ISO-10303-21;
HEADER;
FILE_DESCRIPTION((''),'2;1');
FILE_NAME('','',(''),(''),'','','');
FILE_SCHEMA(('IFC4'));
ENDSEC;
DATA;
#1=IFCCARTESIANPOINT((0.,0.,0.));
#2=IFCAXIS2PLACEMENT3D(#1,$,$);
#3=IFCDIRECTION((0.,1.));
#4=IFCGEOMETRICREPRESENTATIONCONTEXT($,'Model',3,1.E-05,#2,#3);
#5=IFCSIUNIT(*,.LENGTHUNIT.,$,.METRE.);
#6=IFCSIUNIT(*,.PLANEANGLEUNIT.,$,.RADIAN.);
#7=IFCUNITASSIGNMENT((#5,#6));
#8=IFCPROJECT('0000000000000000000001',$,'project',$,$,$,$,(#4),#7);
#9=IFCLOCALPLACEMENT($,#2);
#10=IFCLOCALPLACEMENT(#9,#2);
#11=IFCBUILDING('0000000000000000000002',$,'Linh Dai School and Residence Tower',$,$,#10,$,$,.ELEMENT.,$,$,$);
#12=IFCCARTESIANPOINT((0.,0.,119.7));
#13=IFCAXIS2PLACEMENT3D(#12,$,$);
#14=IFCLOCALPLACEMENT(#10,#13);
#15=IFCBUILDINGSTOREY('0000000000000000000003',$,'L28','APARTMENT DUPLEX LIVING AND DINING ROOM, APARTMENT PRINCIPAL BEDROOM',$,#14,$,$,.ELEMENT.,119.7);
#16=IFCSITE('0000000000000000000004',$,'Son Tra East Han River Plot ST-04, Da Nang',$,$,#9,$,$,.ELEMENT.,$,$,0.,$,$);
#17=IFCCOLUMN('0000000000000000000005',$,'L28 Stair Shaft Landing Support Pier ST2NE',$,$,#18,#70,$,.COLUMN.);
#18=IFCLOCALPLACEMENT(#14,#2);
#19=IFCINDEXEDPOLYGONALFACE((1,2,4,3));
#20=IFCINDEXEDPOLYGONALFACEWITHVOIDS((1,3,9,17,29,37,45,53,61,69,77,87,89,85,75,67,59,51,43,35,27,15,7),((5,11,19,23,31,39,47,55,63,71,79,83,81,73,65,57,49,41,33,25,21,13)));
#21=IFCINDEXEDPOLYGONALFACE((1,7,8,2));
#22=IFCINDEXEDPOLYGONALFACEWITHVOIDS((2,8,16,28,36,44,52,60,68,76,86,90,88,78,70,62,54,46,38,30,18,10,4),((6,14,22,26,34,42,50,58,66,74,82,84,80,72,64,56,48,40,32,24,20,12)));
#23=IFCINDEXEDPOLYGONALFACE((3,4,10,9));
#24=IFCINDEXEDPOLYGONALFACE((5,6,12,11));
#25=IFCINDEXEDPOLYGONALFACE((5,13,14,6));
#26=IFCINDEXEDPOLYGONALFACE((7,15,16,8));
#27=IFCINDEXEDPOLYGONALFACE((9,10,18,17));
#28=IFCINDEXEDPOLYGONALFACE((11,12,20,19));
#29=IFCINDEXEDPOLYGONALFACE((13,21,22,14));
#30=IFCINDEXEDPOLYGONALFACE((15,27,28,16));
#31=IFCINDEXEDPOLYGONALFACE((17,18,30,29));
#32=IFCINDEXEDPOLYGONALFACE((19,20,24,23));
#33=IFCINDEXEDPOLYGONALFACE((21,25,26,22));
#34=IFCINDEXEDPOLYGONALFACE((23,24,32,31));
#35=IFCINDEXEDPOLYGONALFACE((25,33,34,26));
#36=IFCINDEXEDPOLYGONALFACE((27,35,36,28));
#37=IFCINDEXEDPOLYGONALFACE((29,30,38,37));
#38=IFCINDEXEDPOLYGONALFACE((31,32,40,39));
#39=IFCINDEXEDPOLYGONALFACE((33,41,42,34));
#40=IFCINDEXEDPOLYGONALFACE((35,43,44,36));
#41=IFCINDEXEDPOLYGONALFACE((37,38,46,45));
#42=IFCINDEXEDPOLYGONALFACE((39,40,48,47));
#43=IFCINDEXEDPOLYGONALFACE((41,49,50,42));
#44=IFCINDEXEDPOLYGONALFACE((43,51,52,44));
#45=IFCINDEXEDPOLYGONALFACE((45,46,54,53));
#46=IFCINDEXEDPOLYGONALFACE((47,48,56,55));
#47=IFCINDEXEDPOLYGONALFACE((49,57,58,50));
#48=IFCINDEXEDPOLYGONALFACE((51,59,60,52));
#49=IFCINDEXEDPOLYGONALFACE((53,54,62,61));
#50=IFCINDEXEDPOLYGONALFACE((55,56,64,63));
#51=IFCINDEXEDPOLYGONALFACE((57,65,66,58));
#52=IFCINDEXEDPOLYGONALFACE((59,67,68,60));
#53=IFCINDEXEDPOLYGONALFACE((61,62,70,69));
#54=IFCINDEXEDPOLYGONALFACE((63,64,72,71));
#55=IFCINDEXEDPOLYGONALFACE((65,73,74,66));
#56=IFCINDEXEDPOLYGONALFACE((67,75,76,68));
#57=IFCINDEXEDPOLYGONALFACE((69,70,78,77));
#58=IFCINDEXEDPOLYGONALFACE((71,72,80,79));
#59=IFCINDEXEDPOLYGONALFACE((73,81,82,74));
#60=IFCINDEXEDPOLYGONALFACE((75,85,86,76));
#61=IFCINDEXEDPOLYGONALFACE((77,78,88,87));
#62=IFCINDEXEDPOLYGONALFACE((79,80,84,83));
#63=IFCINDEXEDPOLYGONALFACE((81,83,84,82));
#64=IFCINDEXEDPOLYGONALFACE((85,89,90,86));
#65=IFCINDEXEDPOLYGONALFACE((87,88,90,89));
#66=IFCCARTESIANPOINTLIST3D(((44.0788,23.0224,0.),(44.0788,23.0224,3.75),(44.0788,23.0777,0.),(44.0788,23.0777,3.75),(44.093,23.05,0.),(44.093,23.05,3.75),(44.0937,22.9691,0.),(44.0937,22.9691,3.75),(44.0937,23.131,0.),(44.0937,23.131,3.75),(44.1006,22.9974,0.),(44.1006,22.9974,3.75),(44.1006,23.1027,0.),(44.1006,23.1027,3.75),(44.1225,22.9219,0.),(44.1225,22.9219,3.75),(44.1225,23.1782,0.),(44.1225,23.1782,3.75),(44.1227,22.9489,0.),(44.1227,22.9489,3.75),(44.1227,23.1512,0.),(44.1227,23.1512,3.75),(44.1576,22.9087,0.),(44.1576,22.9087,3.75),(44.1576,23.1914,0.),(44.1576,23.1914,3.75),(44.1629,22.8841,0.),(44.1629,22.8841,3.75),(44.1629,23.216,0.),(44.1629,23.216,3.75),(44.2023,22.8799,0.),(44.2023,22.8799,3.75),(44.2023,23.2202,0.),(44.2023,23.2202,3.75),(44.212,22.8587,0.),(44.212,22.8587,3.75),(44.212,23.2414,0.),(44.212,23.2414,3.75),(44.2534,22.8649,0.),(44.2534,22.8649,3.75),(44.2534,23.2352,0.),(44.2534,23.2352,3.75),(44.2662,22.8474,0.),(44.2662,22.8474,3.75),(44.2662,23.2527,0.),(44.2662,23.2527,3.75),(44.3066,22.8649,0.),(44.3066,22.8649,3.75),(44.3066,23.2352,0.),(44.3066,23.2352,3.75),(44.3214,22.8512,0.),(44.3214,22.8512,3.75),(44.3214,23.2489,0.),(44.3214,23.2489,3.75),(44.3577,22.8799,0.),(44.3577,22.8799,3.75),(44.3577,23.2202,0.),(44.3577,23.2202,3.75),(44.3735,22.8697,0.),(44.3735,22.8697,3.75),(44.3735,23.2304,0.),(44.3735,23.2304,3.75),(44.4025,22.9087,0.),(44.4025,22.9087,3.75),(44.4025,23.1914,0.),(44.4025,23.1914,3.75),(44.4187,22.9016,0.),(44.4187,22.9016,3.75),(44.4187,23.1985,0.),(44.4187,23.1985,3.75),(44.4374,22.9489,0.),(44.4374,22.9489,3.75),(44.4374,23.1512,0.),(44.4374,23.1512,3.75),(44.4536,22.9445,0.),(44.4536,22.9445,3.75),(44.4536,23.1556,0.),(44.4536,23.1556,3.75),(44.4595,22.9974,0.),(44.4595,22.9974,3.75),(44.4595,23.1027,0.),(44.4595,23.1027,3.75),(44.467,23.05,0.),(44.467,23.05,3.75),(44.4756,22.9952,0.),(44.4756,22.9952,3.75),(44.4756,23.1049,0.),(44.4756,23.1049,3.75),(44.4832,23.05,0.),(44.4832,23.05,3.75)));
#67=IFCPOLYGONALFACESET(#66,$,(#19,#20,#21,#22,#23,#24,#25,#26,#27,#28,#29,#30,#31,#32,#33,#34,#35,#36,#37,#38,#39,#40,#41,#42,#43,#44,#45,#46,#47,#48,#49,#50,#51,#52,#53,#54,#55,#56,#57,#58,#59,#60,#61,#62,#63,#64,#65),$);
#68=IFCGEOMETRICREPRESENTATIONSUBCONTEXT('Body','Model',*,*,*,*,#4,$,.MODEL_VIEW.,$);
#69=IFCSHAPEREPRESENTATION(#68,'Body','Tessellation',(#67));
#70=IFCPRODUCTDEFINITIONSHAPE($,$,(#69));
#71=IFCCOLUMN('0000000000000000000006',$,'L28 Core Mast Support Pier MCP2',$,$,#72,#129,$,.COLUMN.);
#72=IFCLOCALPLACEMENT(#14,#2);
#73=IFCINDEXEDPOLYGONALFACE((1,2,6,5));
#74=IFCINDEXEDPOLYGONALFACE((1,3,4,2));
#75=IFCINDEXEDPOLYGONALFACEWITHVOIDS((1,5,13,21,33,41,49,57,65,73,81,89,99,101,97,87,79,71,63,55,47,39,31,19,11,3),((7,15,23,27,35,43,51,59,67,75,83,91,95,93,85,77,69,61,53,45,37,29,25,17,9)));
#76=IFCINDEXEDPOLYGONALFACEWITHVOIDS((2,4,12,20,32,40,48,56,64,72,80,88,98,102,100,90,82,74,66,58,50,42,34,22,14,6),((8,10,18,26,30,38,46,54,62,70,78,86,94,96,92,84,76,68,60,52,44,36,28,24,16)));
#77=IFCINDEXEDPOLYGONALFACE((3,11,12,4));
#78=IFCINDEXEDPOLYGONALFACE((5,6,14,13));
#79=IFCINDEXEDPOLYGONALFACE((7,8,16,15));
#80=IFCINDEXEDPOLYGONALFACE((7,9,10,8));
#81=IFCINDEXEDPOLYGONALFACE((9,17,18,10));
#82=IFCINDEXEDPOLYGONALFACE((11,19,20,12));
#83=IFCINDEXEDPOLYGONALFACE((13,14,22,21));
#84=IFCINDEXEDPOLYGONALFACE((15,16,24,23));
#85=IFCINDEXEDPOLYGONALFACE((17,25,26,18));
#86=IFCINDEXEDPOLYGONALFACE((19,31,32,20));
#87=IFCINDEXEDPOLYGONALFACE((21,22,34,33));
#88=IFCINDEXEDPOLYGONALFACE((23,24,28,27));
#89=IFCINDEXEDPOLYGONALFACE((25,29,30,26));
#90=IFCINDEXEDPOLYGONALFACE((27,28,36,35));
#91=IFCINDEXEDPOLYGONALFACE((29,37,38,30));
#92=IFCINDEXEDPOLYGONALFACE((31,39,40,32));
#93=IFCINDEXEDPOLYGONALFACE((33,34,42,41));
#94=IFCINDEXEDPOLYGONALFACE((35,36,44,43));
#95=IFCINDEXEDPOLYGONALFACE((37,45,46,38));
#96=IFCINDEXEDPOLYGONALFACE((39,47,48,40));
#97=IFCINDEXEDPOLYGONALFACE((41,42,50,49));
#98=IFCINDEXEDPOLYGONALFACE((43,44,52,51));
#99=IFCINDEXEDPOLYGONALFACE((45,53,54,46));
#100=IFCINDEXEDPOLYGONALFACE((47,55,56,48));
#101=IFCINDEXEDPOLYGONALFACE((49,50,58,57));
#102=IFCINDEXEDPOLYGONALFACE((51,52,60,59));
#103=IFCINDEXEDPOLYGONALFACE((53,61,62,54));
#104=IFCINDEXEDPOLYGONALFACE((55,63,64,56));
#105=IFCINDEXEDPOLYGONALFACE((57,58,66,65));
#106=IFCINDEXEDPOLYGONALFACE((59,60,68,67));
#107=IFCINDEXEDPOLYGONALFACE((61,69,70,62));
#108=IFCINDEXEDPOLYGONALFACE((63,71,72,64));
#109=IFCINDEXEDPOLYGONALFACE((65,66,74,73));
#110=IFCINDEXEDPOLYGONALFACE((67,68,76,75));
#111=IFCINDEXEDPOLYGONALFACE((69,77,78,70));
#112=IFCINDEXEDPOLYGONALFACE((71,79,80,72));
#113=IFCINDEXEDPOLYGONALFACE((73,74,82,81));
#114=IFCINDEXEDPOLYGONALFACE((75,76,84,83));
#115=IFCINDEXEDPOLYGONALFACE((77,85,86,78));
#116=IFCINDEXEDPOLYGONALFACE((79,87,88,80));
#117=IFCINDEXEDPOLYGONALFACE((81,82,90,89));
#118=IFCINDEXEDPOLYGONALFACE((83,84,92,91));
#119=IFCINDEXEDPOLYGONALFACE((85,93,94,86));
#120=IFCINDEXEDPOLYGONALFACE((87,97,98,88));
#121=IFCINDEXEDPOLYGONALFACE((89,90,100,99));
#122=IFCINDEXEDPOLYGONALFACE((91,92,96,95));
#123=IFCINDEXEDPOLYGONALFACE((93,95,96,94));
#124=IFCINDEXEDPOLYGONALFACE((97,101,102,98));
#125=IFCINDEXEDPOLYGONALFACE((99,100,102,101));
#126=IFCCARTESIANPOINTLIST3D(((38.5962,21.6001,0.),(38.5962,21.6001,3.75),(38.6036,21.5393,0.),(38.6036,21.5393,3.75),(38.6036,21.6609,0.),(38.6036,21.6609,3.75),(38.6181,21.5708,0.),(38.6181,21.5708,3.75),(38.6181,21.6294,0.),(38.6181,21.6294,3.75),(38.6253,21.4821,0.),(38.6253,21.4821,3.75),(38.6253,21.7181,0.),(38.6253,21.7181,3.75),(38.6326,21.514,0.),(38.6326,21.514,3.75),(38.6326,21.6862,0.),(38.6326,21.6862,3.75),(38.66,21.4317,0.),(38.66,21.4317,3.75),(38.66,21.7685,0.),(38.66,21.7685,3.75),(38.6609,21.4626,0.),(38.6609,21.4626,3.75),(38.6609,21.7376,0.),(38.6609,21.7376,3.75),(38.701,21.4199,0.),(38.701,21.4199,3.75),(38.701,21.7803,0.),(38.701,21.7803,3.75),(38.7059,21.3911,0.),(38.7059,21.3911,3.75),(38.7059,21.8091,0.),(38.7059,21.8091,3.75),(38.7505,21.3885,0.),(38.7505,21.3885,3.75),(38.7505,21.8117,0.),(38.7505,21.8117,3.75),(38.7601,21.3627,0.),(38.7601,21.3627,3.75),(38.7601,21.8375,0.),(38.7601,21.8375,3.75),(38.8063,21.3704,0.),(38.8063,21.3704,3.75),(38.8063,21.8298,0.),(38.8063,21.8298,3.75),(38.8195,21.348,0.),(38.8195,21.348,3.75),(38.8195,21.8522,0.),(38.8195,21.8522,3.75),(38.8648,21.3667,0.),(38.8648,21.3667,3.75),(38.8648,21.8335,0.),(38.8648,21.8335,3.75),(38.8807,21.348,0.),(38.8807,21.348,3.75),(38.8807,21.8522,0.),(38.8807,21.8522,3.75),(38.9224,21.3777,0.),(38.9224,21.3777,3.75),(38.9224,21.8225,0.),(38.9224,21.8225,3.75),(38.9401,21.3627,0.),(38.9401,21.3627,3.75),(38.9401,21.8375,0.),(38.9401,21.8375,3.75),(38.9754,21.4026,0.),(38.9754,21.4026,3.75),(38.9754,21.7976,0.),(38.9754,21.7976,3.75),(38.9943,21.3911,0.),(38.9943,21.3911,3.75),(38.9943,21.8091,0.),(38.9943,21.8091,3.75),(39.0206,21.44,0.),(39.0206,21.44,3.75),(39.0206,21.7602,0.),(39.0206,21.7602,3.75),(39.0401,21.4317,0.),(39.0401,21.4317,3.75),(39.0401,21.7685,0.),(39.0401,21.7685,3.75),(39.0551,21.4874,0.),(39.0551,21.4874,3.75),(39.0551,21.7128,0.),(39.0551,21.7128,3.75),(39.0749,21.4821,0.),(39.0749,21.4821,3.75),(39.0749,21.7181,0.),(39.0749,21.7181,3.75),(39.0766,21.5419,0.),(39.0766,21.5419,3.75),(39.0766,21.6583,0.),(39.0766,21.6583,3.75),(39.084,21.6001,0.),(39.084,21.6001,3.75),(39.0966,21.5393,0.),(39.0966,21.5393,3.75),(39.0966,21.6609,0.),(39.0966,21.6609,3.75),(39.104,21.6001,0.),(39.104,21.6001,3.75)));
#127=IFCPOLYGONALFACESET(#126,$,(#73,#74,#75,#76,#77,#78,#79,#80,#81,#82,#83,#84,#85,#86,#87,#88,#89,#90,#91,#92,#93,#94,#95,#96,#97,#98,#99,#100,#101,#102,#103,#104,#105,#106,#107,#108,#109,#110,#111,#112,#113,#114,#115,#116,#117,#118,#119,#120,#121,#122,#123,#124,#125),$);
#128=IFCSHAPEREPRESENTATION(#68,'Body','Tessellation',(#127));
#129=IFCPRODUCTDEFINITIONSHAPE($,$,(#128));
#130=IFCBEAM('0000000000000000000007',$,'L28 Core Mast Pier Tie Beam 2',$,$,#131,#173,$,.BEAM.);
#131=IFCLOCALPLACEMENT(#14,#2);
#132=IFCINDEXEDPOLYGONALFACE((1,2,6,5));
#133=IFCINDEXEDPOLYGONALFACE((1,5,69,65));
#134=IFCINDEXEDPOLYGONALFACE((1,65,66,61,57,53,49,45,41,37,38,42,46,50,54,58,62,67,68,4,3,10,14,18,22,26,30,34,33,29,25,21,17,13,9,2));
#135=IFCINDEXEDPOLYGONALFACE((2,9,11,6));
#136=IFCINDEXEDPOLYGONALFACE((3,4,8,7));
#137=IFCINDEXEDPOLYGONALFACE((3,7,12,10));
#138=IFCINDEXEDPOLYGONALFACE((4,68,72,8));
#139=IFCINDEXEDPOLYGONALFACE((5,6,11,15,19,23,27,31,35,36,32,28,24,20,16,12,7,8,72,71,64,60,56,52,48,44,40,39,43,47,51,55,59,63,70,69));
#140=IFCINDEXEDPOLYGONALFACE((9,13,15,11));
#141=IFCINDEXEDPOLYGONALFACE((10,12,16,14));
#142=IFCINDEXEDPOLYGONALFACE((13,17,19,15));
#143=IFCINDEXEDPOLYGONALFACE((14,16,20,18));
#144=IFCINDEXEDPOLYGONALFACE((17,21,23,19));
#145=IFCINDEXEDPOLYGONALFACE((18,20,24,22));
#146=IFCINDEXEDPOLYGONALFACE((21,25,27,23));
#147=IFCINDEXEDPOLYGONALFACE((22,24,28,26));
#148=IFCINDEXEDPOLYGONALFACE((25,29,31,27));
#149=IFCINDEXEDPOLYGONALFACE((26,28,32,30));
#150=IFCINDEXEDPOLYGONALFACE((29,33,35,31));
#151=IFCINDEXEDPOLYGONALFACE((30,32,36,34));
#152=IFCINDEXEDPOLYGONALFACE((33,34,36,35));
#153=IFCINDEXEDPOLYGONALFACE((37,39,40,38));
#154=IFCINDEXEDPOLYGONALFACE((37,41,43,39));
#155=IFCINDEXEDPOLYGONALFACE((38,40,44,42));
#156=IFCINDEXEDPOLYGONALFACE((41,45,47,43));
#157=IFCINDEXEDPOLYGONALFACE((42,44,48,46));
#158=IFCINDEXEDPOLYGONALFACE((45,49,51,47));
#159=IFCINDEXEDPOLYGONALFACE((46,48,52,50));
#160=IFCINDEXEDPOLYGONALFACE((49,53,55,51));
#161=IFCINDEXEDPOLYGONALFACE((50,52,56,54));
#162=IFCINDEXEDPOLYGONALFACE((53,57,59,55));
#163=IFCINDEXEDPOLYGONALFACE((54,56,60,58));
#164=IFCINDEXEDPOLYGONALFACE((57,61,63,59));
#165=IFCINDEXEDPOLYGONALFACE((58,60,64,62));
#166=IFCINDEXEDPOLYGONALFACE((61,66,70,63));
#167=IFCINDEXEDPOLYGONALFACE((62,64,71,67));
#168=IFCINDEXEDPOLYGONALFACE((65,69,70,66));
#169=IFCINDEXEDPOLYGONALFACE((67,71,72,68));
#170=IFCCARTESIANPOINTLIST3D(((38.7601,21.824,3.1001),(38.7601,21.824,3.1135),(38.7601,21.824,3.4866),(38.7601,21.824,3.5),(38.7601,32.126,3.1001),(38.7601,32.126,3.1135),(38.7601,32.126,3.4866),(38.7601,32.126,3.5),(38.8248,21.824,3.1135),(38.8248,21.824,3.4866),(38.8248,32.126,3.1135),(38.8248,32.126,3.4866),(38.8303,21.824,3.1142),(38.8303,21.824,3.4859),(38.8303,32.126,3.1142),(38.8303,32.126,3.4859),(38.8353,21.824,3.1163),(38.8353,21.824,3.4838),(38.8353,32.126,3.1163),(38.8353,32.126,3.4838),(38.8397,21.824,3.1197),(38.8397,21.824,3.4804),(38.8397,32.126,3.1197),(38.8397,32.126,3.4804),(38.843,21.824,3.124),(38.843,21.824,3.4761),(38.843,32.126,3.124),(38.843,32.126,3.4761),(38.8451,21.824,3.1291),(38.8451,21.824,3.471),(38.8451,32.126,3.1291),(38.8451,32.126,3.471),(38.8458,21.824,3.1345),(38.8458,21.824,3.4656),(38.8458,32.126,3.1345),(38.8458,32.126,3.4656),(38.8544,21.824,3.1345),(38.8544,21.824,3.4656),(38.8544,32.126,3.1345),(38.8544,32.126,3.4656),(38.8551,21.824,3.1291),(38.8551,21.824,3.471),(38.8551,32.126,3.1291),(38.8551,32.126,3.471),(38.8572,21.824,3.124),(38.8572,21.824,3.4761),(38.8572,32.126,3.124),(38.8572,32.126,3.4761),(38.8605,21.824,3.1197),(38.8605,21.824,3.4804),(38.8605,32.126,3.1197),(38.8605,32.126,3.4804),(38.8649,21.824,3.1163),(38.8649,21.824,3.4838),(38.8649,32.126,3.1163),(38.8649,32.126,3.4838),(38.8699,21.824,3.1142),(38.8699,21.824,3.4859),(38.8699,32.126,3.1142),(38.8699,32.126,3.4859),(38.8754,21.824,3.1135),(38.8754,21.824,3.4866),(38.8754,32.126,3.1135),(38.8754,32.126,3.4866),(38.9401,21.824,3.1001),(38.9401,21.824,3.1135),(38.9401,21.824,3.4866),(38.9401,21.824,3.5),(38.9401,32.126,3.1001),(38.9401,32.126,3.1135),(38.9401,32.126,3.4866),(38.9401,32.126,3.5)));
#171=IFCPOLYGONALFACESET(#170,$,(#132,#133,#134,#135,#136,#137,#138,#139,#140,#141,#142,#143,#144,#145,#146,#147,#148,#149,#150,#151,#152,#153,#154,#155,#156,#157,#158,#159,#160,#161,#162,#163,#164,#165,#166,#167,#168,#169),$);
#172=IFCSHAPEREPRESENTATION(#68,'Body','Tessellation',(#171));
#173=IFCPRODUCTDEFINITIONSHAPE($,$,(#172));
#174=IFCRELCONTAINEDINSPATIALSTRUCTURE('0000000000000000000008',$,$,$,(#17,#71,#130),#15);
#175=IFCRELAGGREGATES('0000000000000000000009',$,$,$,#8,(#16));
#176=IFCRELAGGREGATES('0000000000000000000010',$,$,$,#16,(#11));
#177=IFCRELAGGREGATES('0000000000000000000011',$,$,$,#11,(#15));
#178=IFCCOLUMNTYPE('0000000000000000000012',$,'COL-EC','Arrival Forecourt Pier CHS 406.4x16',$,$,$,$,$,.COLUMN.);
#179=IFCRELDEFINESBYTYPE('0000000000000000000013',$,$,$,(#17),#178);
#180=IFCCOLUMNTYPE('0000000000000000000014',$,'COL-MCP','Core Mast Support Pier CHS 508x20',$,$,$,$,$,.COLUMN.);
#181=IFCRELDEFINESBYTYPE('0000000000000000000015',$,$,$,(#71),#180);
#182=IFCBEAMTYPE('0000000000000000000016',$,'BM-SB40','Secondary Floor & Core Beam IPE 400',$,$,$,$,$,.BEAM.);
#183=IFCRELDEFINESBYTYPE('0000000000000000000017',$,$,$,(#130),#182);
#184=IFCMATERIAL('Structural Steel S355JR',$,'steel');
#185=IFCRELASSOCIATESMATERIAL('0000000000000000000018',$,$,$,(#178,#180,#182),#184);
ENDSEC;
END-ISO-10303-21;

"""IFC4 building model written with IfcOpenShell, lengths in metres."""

from ifc_helpers import new_model, si_unit, direction, frame, origin, origin_2d, place, context, subcontext, project, spatial, hollow_circle, i_section, extrude, material, material_profile, profile_set, type_object, element, save


model = new_model("IFC4")

# Units and contexts
model_context = context("Model", 3, precision=1e-05, world=origin(), true_north=direction((0.0, 1.0)))
body_context = subcontext(model_context, "Body", "Model", "MODEL_VIEW")
ifc_project = project(units=[si_unit("LENGTHUNIT", "METRE"), si_unit("PLANEANGLEUNIT", "RADIAN")], contexts=[model_context])

# Site, building, storey
site_placement = place(None, origin())
site = spatial("IfcSite", under=ifc_project, at=site_placement, Name="Son Tra East Han River Plot ST-04, Da Nang", CompositionType="ELEMENT", RefElevation=0.0)
building_placement = place(site_placement, origin())
building = spatial("IfcBuilding", under=site, at=building_placement, Name="Linh Dai School and Residence Tower", CompositionType="ELEMENT")
storey_placement = place(building_placement, frame((0.0, 0.0, 119.7)))
storey = spatial("IfcBuildingStorey", under=building, at=storey_placement, Name="L28", Description="APARTMENT DUPLEX LIVING AND DINING ROOM, APARTMENT PRINCIPAL BEDROOM", CompositionType="ELEMENT", Elevation=119.7)

# Columns
ifc_material_1 = material(Name="Structural Steel S355JR", Category="steel")
ifc_material_profile_1 = material_profile(ifc_material_1, hollow_circle(Radius=0.2031, WallThickness=0.0161, at=origin_2d()), Name="CHS 406.4x16")
ifc_profile_set_1 = profile_set([ifc_material_profile_1], Name="Structural Steel S355JR")
column_type_1 = type_object("IfcColumnType", Name="COL-EC", Description="Arrival Forecourt Pier CHS 406.4x16", PredefinedType="COLUMN", material=ifc_profile_set_1)
column_1_placement = place(storey_placement, frame((44.28, 23.05, 0.0), z_axis=(0.0, 0.0, 1.0), x_axis=(1.0, 0.0, 0.0)))
element("IfcColumn", 1, at=column_1_placement, inside=storey, type_object=column_type_1, Name="L28 Stair Shaft Landing Support Pier ST2NE", PredefinedType="COLUMN", context=body_context, shape_type="SweptSolid", body=[
    extrude(hollow_circle(Radius=0.2031, WallThickness=0.0161, at=origin_2d()), origin(), (0.0, 0.0, 1.0), 3.75),
])
ifc_material_profile_2 = material_profile(ifc_material_1, hollow_circle(Radius=0.2539, WallThickness=0.02, at=origin_2d()), Name="CHS 508x20")
ifc_profile_set_2 = profile_set([ifc_material_profile_2], Name="Structural Steel S355JR")
column_type_2 = type_object("IfcColumnType", Name="COL-MCP", Description="Core Mast Support Pier CHS 508x20", PredefinedType="COLUMN", material=ifc_profile_set_2)
column_2_placement = place(storey_placement, frame((38.8501, 21.6001, 0.0), z_axis=(0.0, 0.0, 1.0), x_axis=(1.0, 0.0, 0.0)))
element("IfcColumn", 2, at=column_2_placement, inside=storey, type_object=column_type_2, Name="L28 Core Mast Support Pier MCP2", PredefinedType="COLUMN", context=body_context, shape_type="SweptSolid", body=[
    extrude(hollow_circle(Radius=0.2539, WallThickness=0.02, at=origin_2d()), origin(), (0.0, 0.0, 1.0), 3.75),
])

# Beam
ifc_material_profile_3 = material_profile(ifc_material_1, i_section(OverallWidth=0.1799, OverallDepth=0.3999, WebThickness=0.0085, FlangeThickness=0.0134, FilletRadius=0.021, at=origin_2d()), Name="IPE 400")
ifc_profile_set_3 = profile_set([ifc_material_profile_3], Name="Structural Steel S355JR")
beam_type = type_object("IfcBeamType", Name="BM-SB40", Description="Secondary Floor & Core Beam IPE 400", PredefinedType="BEAM", material=ifc_profile_set_3)
beam_placement = place(storey_placement, frame((38.8501, 21.824, 3.3), z_axis=(0.0, 1.0, 0.0), x_axis=(-1.0, 0.0, 0.0)))
element("IfcBeam", 3, at=beam_placement, inside=storey, type_object=beam_type, Name="L28 Core Mast Pier Tie Beam 2", PredefinedType="BEAM", context=body_context, shape_type="SweptSolid", body=[
    extrude(i_section(OverallWidth=0.1799, OverallDepth=0.3999, WebThickness=0.0085, FlangeThickness=0.0134, FilletRadius=0.021, at=origin_2d()), origin(), (0.0, 0.0, 1.0), 10.302),
])

save(model, "model.ifc")
